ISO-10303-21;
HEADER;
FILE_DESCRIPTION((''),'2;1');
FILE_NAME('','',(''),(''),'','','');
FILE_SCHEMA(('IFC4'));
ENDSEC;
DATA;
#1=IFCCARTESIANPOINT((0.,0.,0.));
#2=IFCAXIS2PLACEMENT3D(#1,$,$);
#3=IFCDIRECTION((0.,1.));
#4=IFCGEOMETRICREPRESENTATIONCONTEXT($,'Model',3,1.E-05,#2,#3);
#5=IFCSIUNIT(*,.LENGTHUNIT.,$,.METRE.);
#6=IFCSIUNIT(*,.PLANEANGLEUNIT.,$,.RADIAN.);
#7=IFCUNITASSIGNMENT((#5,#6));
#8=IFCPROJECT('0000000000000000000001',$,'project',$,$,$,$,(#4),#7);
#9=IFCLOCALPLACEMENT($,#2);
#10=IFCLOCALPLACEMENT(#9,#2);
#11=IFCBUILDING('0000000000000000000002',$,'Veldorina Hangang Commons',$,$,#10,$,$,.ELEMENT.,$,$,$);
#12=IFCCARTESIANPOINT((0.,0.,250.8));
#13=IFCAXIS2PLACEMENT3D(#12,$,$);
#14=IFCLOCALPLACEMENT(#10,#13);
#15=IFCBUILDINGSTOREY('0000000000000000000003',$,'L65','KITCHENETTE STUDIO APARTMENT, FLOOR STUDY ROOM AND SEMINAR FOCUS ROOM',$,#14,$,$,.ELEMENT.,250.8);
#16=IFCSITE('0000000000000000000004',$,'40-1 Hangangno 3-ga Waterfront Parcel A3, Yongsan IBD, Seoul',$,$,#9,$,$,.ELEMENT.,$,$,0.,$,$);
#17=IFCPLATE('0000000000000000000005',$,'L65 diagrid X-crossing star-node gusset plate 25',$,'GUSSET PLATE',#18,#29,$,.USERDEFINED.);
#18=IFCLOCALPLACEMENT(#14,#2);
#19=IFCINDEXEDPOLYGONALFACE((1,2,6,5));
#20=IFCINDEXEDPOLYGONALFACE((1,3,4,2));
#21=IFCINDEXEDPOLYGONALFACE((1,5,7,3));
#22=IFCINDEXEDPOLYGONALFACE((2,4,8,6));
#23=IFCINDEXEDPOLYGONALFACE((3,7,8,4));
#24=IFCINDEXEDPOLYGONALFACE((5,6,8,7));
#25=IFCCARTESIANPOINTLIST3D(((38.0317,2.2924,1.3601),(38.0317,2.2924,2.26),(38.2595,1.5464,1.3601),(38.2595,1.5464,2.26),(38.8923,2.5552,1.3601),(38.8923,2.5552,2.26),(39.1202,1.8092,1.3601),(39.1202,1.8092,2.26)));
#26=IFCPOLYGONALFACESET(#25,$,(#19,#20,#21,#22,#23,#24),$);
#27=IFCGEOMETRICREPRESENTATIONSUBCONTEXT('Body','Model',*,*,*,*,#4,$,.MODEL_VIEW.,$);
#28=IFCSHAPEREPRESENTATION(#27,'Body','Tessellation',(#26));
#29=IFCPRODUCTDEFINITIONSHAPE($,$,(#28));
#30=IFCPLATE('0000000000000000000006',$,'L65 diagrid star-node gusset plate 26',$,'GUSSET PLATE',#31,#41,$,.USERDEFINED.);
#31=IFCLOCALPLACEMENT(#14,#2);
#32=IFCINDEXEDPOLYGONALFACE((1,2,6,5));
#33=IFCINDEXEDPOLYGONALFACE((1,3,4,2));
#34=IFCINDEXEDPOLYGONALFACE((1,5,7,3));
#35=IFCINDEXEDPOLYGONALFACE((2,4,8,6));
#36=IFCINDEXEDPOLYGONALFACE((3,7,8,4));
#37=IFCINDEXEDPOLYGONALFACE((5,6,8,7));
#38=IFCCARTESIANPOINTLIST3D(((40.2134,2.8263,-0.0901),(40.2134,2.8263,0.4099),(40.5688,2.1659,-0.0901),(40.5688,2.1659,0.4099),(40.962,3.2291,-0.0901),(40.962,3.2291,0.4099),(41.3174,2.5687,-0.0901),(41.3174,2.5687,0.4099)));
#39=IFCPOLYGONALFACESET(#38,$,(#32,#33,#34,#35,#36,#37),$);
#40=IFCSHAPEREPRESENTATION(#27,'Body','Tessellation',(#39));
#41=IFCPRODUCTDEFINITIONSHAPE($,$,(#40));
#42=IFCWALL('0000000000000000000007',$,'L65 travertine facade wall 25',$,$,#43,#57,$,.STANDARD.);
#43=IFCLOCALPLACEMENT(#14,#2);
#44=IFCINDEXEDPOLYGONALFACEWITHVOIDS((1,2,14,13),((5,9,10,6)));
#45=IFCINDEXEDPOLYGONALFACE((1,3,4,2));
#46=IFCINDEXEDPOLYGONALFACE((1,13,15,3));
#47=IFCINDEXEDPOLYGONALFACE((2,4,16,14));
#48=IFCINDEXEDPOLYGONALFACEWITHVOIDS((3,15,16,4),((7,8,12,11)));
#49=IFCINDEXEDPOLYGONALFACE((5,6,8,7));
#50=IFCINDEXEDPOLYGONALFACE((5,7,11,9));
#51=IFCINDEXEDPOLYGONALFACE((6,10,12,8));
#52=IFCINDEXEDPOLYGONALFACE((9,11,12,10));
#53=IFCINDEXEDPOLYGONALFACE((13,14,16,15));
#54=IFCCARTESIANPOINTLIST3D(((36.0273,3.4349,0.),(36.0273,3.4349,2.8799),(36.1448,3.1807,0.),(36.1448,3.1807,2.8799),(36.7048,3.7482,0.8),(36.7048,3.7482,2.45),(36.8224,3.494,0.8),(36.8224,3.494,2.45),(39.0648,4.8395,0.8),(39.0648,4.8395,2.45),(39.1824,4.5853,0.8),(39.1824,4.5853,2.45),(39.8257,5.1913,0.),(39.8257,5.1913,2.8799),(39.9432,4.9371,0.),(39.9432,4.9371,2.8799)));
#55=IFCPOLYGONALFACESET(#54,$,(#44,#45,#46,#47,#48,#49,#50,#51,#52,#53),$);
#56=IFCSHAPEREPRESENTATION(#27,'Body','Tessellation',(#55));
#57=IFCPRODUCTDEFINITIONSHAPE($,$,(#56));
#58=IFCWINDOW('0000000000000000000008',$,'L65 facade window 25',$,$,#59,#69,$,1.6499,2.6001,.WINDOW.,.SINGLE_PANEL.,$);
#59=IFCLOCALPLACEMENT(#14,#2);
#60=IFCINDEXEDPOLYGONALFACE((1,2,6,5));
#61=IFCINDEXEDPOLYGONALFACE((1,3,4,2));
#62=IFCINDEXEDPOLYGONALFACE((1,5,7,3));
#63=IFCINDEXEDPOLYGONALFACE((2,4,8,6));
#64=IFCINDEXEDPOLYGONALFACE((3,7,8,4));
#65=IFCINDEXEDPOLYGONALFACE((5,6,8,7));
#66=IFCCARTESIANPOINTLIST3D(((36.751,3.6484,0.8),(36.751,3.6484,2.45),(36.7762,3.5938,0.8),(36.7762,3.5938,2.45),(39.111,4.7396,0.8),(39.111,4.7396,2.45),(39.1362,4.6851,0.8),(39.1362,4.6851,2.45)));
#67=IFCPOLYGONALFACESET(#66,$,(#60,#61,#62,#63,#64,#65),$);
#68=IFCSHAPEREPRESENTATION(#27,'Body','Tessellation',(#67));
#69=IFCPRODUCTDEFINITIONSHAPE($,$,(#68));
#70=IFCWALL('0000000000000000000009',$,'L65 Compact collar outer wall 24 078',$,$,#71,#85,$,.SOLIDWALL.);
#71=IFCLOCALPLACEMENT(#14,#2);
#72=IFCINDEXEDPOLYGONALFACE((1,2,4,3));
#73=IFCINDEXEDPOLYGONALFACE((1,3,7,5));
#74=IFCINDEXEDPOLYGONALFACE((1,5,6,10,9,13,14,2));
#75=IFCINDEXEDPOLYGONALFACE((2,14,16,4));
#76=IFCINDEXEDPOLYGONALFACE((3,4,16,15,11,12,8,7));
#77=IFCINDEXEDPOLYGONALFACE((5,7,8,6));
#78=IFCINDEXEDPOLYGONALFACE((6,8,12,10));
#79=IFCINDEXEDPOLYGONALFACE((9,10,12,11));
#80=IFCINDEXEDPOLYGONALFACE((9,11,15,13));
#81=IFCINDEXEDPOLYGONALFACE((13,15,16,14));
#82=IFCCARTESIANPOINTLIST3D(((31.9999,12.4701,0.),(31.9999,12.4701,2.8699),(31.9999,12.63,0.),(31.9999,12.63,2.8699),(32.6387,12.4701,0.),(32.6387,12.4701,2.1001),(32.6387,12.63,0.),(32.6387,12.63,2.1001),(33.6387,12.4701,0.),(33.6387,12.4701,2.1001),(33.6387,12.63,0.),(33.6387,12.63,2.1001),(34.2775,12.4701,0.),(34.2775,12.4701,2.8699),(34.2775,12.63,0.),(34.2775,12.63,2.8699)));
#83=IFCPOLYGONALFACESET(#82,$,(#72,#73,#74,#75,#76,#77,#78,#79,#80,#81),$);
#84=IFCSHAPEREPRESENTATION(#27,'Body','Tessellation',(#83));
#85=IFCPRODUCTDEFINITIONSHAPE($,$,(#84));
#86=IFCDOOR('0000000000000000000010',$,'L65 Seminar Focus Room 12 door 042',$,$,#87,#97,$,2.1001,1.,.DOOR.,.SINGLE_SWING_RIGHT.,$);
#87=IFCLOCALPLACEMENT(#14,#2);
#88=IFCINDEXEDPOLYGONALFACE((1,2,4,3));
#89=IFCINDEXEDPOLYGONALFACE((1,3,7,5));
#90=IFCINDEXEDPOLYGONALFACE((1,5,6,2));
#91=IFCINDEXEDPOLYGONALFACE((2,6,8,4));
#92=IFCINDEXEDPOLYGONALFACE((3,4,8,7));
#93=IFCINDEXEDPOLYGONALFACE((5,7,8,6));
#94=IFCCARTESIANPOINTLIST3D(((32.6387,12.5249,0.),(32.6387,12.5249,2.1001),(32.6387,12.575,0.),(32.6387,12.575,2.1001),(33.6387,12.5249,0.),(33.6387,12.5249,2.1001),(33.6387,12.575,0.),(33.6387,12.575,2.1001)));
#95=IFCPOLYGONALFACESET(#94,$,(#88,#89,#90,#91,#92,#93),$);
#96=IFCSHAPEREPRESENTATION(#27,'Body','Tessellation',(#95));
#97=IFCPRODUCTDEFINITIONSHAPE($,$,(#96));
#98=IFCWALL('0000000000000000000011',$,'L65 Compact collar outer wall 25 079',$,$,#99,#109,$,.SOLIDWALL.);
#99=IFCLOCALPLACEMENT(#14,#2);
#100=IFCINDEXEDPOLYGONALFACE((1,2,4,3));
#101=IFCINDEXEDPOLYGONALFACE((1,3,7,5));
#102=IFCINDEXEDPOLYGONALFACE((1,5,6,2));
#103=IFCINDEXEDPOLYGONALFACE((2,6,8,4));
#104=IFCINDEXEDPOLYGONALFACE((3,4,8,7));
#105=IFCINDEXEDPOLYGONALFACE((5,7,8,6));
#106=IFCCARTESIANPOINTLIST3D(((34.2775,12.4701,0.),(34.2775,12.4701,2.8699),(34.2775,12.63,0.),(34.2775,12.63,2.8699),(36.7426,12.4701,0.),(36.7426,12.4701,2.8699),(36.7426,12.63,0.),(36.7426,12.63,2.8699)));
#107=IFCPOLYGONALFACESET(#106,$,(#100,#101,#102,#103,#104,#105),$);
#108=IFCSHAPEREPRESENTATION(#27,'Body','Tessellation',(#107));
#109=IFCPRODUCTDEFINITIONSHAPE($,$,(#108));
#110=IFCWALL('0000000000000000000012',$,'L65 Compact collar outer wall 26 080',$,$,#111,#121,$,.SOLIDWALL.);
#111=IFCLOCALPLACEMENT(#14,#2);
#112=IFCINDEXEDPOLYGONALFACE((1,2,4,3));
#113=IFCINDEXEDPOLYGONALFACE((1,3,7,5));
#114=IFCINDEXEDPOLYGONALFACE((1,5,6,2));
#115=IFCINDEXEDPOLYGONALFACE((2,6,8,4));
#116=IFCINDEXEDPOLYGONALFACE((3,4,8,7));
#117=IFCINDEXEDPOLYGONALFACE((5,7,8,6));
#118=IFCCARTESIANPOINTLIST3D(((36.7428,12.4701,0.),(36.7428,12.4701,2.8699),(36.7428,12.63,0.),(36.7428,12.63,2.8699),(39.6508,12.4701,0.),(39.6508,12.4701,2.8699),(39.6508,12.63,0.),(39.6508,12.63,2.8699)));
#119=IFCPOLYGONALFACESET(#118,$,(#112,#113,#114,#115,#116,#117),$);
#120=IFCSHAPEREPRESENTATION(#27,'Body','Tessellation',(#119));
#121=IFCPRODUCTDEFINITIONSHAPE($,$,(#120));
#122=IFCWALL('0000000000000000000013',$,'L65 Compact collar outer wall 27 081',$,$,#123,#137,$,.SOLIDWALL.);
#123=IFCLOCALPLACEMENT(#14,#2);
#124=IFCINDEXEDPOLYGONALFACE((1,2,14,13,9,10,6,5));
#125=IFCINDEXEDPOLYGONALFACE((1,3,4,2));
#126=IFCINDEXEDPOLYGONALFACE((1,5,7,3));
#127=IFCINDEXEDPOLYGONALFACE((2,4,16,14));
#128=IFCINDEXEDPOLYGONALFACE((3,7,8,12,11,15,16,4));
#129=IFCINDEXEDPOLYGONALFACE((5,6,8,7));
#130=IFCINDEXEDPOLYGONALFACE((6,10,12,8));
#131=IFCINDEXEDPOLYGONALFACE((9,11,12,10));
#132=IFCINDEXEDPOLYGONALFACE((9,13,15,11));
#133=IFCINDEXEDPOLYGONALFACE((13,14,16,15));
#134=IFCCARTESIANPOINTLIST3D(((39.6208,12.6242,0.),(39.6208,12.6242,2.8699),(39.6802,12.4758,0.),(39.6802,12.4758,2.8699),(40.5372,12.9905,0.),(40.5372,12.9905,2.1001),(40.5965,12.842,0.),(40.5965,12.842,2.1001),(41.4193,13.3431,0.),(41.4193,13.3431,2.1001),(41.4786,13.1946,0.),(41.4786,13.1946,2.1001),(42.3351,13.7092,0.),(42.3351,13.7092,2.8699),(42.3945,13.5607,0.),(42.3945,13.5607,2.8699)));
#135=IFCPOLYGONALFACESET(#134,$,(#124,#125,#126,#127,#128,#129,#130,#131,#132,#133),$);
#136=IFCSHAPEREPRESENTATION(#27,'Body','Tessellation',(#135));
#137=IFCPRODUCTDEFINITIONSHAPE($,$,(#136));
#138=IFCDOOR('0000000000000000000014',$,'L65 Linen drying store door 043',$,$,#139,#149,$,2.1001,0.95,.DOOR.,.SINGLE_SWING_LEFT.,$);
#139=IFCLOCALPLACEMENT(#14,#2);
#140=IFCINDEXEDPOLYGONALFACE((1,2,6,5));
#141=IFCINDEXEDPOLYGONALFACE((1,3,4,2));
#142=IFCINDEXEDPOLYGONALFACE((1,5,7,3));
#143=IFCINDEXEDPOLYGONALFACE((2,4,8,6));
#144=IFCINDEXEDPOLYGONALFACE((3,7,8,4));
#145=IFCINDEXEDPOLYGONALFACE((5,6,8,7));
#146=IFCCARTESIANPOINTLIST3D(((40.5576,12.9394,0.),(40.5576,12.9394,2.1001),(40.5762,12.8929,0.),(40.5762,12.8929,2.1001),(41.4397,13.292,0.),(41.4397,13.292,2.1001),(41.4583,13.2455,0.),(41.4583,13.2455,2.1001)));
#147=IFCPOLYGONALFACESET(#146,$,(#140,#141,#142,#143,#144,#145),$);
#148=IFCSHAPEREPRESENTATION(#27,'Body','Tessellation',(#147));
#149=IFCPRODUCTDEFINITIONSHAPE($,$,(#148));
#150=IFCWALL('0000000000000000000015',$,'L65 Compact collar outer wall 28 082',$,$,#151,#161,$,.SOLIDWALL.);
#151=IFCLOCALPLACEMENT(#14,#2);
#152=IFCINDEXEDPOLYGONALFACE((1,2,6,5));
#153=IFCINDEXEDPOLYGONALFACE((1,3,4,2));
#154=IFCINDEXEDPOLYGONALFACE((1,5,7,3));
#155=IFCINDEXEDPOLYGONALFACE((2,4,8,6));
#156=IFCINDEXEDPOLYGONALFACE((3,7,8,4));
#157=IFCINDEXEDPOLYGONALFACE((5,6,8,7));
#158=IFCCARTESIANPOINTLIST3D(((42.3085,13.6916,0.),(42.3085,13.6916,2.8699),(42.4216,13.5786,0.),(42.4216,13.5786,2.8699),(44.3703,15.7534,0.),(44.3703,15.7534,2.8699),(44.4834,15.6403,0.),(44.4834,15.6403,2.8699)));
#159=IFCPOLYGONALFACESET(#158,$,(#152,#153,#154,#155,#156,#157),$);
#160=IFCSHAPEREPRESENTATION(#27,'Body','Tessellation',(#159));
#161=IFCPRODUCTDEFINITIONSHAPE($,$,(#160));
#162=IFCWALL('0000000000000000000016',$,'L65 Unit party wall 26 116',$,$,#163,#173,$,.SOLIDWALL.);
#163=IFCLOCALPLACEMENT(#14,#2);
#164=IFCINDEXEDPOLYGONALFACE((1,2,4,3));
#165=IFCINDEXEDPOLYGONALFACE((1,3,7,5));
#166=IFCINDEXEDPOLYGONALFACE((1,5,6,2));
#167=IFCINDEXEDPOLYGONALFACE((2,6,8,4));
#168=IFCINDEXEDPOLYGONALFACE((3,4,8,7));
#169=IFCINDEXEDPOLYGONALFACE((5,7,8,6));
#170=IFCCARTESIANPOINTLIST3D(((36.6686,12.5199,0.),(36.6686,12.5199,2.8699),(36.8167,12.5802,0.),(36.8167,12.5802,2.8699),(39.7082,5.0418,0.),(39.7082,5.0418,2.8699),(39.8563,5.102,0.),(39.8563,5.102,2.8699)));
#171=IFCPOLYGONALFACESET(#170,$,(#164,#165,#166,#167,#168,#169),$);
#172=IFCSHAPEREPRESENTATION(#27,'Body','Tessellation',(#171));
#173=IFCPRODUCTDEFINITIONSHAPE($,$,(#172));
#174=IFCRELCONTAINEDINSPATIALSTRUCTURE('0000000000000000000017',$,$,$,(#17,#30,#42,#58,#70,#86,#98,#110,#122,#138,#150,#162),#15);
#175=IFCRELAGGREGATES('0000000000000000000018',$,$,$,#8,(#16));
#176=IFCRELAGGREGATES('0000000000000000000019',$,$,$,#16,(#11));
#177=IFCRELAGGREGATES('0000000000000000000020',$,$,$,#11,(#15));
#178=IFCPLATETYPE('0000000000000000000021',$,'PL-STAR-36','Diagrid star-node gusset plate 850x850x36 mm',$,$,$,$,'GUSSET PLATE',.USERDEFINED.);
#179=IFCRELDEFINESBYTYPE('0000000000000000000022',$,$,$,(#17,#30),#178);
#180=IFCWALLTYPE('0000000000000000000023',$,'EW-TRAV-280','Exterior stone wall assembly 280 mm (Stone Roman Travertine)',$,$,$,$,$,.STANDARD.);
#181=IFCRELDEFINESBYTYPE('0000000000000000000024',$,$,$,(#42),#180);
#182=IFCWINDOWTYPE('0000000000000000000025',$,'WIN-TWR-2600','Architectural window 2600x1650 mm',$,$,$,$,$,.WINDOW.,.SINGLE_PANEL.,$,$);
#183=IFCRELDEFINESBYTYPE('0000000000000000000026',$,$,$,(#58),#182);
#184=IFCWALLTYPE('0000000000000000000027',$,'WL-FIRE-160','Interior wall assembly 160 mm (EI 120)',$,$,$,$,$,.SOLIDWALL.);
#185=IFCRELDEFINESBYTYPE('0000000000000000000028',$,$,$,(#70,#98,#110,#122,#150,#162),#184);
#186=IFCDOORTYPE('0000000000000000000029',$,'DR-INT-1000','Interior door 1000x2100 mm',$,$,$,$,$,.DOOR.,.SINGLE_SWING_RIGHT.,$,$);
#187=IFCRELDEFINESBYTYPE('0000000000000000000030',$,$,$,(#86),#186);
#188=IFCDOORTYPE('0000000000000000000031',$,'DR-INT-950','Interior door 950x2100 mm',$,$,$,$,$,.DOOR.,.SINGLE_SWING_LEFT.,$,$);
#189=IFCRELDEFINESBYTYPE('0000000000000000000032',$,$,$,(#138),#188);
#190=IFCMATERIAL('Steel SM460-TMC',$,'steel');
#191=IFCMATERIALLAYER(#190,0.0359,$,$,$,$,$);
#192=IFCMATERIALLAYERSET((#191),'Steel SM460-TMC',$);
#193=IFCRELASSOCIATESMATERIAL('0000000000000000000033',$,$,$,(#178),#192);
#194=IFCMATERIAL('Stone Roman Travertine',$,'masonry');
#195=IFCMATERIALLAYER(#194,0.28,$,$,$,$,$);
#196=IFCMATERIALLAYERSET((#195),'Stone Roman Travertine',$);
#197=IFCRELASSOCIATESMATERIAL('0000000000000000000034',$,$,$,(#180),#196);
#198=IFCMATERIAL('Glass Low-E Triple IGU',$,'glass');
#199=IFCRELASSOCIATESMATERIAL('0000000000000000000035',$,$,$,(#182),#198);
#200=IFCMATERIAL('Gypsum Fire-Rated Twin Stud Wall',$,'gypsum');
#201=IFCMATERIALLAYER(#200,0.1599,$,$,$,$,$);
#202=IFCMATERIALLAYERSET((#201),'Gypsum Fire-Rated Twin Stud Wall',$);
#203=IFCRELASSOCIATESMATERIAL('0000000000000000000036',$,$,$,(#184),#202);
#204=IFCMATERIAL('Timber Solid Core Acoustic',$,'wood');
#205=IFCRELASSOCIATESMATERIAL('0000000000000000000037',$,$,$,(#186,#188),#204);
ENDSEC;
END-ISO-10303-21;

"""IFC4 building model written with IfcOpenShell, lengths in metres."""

from ifc_helpers import new_model, si_unit, direction, frame, frame_2d, origin, origin_2d, place, context, subcontext, project, spatial, rectangle, extrude, material, layer, layer_set, type_object, element, fill, save


model = new_model("IFC4")

# Units and contexts
model_context = context("Model", 3, precision=1e-05, world=origin(), true_north=direction((0.0, 1.0)))
body_context = subcontext(model_context, "Body", "Model", "MODEL_VIEW")
ifc_project = project(units=[si_unit("LENGTHUNIT", "METRE"), si_unit("PLANEANGLEUNIT", "RADIAN")], contexts=[model_context])

# Site, building, storey
site_placement = place(None, origin())
site = spatial("IfcSite", under=ifc_project, at=site_placement, Name="40-1 Hangangno 3-ga Waterfront Parcel A3, Yongsan IBD, Seoul", CompositionType="ELEMENT", RefElevation=0.0)
building_placement = place(site_placement, origin())
building = spatial("IfcBuilding", under=site, at=building_placement, Name="Veldorina Hangang Commons", CompositionType="ELEMENT")
storey_placement = place(building_placement, frame((0.0, 0.0, 250.8)))
storey = spatial("IfcBuildingStorey", under=building, at=storey_placement, Name="L65", Description="KITCHENETTE STUDIO APARTMENT, FLOOR STUDY ROOM AND SEMINAR FOCUS ROOM", CompositionType="ELEMENT", Elevation=250.8)

# Shared definitions
ifc_material_1 = material(Name="Glass Low-E Triple IGU", Category="glass")

# Plates
ifc_material_2 = material(Name="Steel SM460-TMC", Category="steel")
ifc_layer_1 = layer(ifc_material_2, 0.0359)
ifc_layer_set_1 = layer_set([ifc_layer_1], Name="Steel SM460-TMC")
plate_type_1 = type_object("IfcPlateType", Name="PL-STAR-36", Description="Diagrid star-node gusset plate 850x850x36 mm", ElementType="GUSSET PLATE", PredefinedType="USERDEFINED", material=ifc_layer_set_1)
plate_1_placement = place(storey_placement, frame((38.5759, 2.0508, 1.3601), z_axis=(0.0, 0.0, 1.0), x_axis=(0.956397, 0.292071, 0.0)))
element("IfcPlate", 1, at=plate_1_placement, inside=storey, type_object=plate_type_1, Name="L65 diagrid X-crossing star-node gusset plate 25", ObjectType="GUSSET PLATE", PredefinedType="USERDEFINED", context=body_context, shape_type="SweptSolid", body=[
    extrude(rectangle(XDim=0.8999, YDim=0.78, at=origin_2d()), origin(), (0.0, 0.0, 1.0), 0.8999),
])
plate_2_placement = place(storey_placement, frame((40.7654, 2.6975, -0.0901), z_axis=(0.0, 0.0, 1.0), x_axis=(0.880618, 0.473827, 0.0)))
element("IfcPlate", 2, at=plate_2_placement, inside=storey, type_object=plate_type_1, Name="L65 diagrid star-node gusset plate 26", ObjectType="GUSSET PLATE", PredefinedType="USERDEFINED", context=body_context, shape_type="SweptSolid", body=[
    extrude(rectangle(XDim=0.8501, YDim=0.75, at=origin_2d()), origin(), (0.0, 0.0, 1.0), 0.5),
])

# Wall, opening, window
ifc_material_3 = material(Name="Stone Roman Travertine", Category="masonry")
ifc_layer_2 = layer(ifc_material_3, 0.28)
ifc_layer_set_2 = layer_set([ifc_layer_2], Name="Stone Roman Travertine")
wall_type_1 = type_object("IfcWallType", Name="EW-TRAV-280", Description="Exterior stone wall assembly 280 mm (Stone Roman Travertine)", PredefinedType="STANDARD", material=ifc_layer_set_2)
wall_1_placement = place(storey_placement, frame((36.0862, 3.3079, 0.0), z_axis=(0.0, 0.0, 1.0), x_axis=(0.907662, 0.419702, 0.0)))
wall_1 = element("IfcWall", 3, at=wall_1_placement, inside=storey, type_object=wall_type_1, Name="L65 travertine facade wall 25", PredefinedType="STANDARD", context=body_context, shape_type="SweptSolid", body=[
    extrude(rectangle(XDim=4.1848, YDim=0.28, at=frame_2d((2.0923, 0.0))), origin(), (0.0, 0.0, 1.0), 2.8799),
])
opening_1_placement = place(wall_1_placement, frame((0.7463, 0.0, 0.8)))
opening_1 = element("IfcOpeningElement", 4, at=opening_1_placement, cuts=wall_1, PredefinedType="OPENING", context=body_context, shape_type="SweptSolid", body=[
    extrude(rectangle(XDim=2.6001, YDim=1.6499, at=frame_2d((1.3, 0.825))), frame((0.0, 0.1499, 0.0), z_axis=(0.0, -1.0, 0.0), x_axis=(1.0, 0.0, 0.0)), (0.0, 0.0, 1.0), 0.3),
])
window_type = type_object("IfcWindowType", Name="WIN-TWR-2600", Description="Architectural window 2600x1650 mm", PartitioningType="SINGLE_PANEL", PredefinedType="WINDOW", material=ifc_material_1)
window_placement = place(opening_1_placement, origin())
window = element("IfcWindow", 5, at=window_placement, inside=storey, type_object=window_type, Name="L65 facade window 25", OverallHeight=1.6499, OverallWidth=2.6001, PartitioningType="SINGLE_PANEL", PredefinedType="WINDOW", context=body_context, shape_type="SweptSolid", body=[
    extrude(rectangle(XDim=2.6001, YDim=1.6499, at=frame_2d((1.3, 0.825))), frame((0.0, 0.03, 0.0), z_axis=(0.0, -1.0, 0.0), x_axis=(1.0, 0.0, 0.0)), (0.0, 0.0, 1.0), 0.0601),
])
fill(opening_1, window)

# Wall, opening, door
ifc_material_4 = material(Name="Gypsum Fire-Rated Twin Stud Wall", Category="gypsum")
ifc_layer_3 = layer(ifc_material_4, 0.1599)
ifc_layer_set_3 = layer_set([ifc_layer_3], Name="Gypsum Fire-Rated Twin Stud Wall")
wall_type_2 = type_object("IfcWallType", Name="WL-FIRE-160", Description="Interior wall assembly 160 mm (EI 120)", PredefinedType="SOLIDWALL", material=ifc_layer_set_3)
wall_2_placement = place(storey_placement, frame((32.0, 12.55, 0.0), z_axis=(0.0, 0.0, 1.0), x_axis=(1.0, 0.0, 0.0)))
wall_2 = element("IfcWall", 6, at=wall_2_placement, inside=storey, type_object=wall_type_2, Name="L65 Compact collar outer wall 24 078", PredefinedType="SOLIDWALL", context=body_context, shape_type="SweptSolid", body=[
    extrude(rectangle(XDim=2.2776, YDim=0.1599, at=frame_2d((1.1387, 0.0))), origin(), (0.0, 0.0, 1.0), 2.8699),
])
opening_2_placement = place(wall_2_placement, frame((0.6387, 0.0, 0.0)))
opening_2 = element("IfcOpeningElement", 7, at=opening_2_placement, cuts=wall_2, PredefinedType="OPENING", context=body_context, shape_type="SweptSolid", body=[
    extrude(rectangle(XDim=1.0, YDim=2.1001, at=frame_2d((0.5, 1.05))), frame((0.0, 0.0898, 0.0), z_axis=(0.0, -1.0, 0.0), x_axis=(1.0, 0.0, 0.0)), (0.0, 0.0, 1.0), 0.1799),
])
ifc_material_5 = material(Name="Timber Solid Core Acoustic", Category="wood")
door_type_1 = type_object("IfcDoorType", Name="DR-INT-1000", Description="Interior door 1000x2100 mm", OperationType="SINGLE_SWING_RIGHT", PredefinedType="DOOR", material=ifc_material_5)
door_1_placement = place(opening_2_placement, origin())
door_1 = element("IfcDoor", 8, at=door_1_placement, inside=storey, type_object=door_type_1, Name="L65 Seminar Focus Room 12 door 042", OperationType="SINGLE_SWING_RIGHT", OverallHeight=2.1001, OverallWidth=1.0, PredefinedType="DOOR", context=body_context, shape_type="SweptSolid", body=[
    extrude(rectangle(XDim=1.0, YDim=2.1001, at=frame_2d((0.5, 1.05))), frame((0.0, 0.0249, 0.0), z_axis=(0.0, -1.0, 0.0), x_axis=(1.0, 0.0, 0.0)), (0.0, 0.0, 1.0), 0.05),
])
fill(opening_2, door_1)

# Walls
wall_3_placement = place(storey_placement, frame((34.2776, 12.55, 0.0), z_axis=(0.0, 0.0, 1.0), x_axis=(1.0, 0.0, 0.0)))
element("IfcWall", 9, at=wall_3_placement, inside=storey, type_object=wall_type_2, Name="L65 Compact collar outer wall 25 079", PredefinedType="SOLIDWALL", context=body_context, shape_type="SweptSolid", body=[
    extrude(rectangle(XDim=2.4651, YDim=0.1599, at=frame_2d((1.2324, 0.0))), origin(), (0.0, 0.0, 1.0), 2.8699),
])
wall_4_placement = place(storey_placement, frame((36.7427, 12.55, 0.0), z_axis=(0.0, 0.0, 1.0), x_axis=(1.0, 0.0, 0.0)))
element("IfcWall", 10, at=wall_4_placement, inside=storey, type_object=wall_type_2, Name="L65 Compact collar outer wall 26 080", PredefinedType="SOLIDWALL", context=body_context, shape_type="SweptSolid", body=[
    extrude(rectangle(XDim=2.908, YDim=0.1599, at=frame_2d((1.4541, 0.0))), origin(), (0.0, 0.0, 1.0), 2.8699),
])

# Wall, opening, door
wall_5_placement = place(storey_placement, frame((39.6506, 12.55, 0.0), z_axis=(0.0, 0.0, 1.0), x_axis=(0.928569, 0.37116, 0.0)))
wall_5 = element("IfcWall", 11, at=wall_5_placement, inside=storey, type_object=wall_type_2, Name="L65 Compact collar outer wall 27 081", PredefinedType="SOLIDWALL", context=body_context, shape_type="SweptSolid", body=[
    extrude(rectangle(XDim=2.9231, YDim=0.1599, at=frame_2d((1.4614, 0.0))), origin(), (0.0, 0.0, 1.0), 2.8699),
])
opening_3_placement = place(wall_5_placement, frame((0.9866, 0.0, 0.0)))
opening_3 = element("IfcOpeningElement", 12, at=opening_3_placement, cuts=wall_5, PredefinedType="OPENING", context=body_context, shape_type="SweptSolid", body=[
    extrude(rectangle(XDim=0.95, YDim=2.1001, at=frame_2d((0.4751, 1.05))), frame((0.0, 0.0898, 0.0), z_axis=(0.0, -1.0, 0.0), x_axis=(1.0, 0.0, 0.0)), (0.0, 0.0, 1.0), 0.1799),
])
door_type_2 = type_object("IfcDoorType", Name="DR-INT-950", Description="Interior door 950x2100 mm", OperationType="SINGLE_SWING_LEFT", PredefinedType="DOOR", material=ifc_material_5)
door_2_placement = place(opening_3_placement, origin())
door_2 = element("IfcDoor", 13, at=door_2_placement, inside=storey, type_object=door_type_2, Name="L65 Linen drying store door 043", OperationType="SINGLE_SWING_LEFT", OverallHeight=2.1001, OverallWidth=0.95, PredefinedType="DOOR", context=body_context, shape_type="SweptSolid", body=[
    extrude(rectangle(XDim=0.95, YDim=2.1001, at=frame_2d((0.4751, 1.05))), frame((0.0, 0.0249, 0.0), z_axis=(0.0, -1.0, 0.0), x_axis=(1.0, 0.0, 0.0)), (0.0, 0.0, 1.0), 0.05),
])
fill(opening_3, door_2)

# Walls
wall_6_placement = place(storey_placement, frame((42.365, 13.635, 0.0), z_axis=(0.0, 0.0, 1.0), x_axis=(0.707107, 0.707107, 0.0)))
element("IfcWall", 14, at=wall_6_placement, inside=storey, type_object=wall_type_2, Name="L65 Compact collar outer wall 28 082", PredefinedType="SOLIDWALL", context=body_context, shape_type="SweptSolid", body=[
    extrude(rectangle(XDim=2.9158, YDim=0.1599, at=frame_2d((1.458, 0.0))), origin(), (0.0, 0.0, 1.0), 2.8699),
])
wall_7_placement = place(storey_placement, frame((36.7427, 12.55, 0.0), z_axis=(0.0, 0.0, 1.0), x_axis=(0.376547, -0.926397, 0.0)))
element("IfcWall", 15, at=wall_7_placement, inside=storey, type_object=wall_type_2, Name="L65 Unit party wall 26 116", PredefinedType="SOLIDWALL", context=body_context, shape_type="SweptSolid", body=[
    extrude(rectangle(XDim=8.0723, YDim=0.1599, at=frame_2d((4.0361, 0.0))), origin(), (0.0, 0.0, 1.0), 2.8699),
])

save(model, "model.ifc")
